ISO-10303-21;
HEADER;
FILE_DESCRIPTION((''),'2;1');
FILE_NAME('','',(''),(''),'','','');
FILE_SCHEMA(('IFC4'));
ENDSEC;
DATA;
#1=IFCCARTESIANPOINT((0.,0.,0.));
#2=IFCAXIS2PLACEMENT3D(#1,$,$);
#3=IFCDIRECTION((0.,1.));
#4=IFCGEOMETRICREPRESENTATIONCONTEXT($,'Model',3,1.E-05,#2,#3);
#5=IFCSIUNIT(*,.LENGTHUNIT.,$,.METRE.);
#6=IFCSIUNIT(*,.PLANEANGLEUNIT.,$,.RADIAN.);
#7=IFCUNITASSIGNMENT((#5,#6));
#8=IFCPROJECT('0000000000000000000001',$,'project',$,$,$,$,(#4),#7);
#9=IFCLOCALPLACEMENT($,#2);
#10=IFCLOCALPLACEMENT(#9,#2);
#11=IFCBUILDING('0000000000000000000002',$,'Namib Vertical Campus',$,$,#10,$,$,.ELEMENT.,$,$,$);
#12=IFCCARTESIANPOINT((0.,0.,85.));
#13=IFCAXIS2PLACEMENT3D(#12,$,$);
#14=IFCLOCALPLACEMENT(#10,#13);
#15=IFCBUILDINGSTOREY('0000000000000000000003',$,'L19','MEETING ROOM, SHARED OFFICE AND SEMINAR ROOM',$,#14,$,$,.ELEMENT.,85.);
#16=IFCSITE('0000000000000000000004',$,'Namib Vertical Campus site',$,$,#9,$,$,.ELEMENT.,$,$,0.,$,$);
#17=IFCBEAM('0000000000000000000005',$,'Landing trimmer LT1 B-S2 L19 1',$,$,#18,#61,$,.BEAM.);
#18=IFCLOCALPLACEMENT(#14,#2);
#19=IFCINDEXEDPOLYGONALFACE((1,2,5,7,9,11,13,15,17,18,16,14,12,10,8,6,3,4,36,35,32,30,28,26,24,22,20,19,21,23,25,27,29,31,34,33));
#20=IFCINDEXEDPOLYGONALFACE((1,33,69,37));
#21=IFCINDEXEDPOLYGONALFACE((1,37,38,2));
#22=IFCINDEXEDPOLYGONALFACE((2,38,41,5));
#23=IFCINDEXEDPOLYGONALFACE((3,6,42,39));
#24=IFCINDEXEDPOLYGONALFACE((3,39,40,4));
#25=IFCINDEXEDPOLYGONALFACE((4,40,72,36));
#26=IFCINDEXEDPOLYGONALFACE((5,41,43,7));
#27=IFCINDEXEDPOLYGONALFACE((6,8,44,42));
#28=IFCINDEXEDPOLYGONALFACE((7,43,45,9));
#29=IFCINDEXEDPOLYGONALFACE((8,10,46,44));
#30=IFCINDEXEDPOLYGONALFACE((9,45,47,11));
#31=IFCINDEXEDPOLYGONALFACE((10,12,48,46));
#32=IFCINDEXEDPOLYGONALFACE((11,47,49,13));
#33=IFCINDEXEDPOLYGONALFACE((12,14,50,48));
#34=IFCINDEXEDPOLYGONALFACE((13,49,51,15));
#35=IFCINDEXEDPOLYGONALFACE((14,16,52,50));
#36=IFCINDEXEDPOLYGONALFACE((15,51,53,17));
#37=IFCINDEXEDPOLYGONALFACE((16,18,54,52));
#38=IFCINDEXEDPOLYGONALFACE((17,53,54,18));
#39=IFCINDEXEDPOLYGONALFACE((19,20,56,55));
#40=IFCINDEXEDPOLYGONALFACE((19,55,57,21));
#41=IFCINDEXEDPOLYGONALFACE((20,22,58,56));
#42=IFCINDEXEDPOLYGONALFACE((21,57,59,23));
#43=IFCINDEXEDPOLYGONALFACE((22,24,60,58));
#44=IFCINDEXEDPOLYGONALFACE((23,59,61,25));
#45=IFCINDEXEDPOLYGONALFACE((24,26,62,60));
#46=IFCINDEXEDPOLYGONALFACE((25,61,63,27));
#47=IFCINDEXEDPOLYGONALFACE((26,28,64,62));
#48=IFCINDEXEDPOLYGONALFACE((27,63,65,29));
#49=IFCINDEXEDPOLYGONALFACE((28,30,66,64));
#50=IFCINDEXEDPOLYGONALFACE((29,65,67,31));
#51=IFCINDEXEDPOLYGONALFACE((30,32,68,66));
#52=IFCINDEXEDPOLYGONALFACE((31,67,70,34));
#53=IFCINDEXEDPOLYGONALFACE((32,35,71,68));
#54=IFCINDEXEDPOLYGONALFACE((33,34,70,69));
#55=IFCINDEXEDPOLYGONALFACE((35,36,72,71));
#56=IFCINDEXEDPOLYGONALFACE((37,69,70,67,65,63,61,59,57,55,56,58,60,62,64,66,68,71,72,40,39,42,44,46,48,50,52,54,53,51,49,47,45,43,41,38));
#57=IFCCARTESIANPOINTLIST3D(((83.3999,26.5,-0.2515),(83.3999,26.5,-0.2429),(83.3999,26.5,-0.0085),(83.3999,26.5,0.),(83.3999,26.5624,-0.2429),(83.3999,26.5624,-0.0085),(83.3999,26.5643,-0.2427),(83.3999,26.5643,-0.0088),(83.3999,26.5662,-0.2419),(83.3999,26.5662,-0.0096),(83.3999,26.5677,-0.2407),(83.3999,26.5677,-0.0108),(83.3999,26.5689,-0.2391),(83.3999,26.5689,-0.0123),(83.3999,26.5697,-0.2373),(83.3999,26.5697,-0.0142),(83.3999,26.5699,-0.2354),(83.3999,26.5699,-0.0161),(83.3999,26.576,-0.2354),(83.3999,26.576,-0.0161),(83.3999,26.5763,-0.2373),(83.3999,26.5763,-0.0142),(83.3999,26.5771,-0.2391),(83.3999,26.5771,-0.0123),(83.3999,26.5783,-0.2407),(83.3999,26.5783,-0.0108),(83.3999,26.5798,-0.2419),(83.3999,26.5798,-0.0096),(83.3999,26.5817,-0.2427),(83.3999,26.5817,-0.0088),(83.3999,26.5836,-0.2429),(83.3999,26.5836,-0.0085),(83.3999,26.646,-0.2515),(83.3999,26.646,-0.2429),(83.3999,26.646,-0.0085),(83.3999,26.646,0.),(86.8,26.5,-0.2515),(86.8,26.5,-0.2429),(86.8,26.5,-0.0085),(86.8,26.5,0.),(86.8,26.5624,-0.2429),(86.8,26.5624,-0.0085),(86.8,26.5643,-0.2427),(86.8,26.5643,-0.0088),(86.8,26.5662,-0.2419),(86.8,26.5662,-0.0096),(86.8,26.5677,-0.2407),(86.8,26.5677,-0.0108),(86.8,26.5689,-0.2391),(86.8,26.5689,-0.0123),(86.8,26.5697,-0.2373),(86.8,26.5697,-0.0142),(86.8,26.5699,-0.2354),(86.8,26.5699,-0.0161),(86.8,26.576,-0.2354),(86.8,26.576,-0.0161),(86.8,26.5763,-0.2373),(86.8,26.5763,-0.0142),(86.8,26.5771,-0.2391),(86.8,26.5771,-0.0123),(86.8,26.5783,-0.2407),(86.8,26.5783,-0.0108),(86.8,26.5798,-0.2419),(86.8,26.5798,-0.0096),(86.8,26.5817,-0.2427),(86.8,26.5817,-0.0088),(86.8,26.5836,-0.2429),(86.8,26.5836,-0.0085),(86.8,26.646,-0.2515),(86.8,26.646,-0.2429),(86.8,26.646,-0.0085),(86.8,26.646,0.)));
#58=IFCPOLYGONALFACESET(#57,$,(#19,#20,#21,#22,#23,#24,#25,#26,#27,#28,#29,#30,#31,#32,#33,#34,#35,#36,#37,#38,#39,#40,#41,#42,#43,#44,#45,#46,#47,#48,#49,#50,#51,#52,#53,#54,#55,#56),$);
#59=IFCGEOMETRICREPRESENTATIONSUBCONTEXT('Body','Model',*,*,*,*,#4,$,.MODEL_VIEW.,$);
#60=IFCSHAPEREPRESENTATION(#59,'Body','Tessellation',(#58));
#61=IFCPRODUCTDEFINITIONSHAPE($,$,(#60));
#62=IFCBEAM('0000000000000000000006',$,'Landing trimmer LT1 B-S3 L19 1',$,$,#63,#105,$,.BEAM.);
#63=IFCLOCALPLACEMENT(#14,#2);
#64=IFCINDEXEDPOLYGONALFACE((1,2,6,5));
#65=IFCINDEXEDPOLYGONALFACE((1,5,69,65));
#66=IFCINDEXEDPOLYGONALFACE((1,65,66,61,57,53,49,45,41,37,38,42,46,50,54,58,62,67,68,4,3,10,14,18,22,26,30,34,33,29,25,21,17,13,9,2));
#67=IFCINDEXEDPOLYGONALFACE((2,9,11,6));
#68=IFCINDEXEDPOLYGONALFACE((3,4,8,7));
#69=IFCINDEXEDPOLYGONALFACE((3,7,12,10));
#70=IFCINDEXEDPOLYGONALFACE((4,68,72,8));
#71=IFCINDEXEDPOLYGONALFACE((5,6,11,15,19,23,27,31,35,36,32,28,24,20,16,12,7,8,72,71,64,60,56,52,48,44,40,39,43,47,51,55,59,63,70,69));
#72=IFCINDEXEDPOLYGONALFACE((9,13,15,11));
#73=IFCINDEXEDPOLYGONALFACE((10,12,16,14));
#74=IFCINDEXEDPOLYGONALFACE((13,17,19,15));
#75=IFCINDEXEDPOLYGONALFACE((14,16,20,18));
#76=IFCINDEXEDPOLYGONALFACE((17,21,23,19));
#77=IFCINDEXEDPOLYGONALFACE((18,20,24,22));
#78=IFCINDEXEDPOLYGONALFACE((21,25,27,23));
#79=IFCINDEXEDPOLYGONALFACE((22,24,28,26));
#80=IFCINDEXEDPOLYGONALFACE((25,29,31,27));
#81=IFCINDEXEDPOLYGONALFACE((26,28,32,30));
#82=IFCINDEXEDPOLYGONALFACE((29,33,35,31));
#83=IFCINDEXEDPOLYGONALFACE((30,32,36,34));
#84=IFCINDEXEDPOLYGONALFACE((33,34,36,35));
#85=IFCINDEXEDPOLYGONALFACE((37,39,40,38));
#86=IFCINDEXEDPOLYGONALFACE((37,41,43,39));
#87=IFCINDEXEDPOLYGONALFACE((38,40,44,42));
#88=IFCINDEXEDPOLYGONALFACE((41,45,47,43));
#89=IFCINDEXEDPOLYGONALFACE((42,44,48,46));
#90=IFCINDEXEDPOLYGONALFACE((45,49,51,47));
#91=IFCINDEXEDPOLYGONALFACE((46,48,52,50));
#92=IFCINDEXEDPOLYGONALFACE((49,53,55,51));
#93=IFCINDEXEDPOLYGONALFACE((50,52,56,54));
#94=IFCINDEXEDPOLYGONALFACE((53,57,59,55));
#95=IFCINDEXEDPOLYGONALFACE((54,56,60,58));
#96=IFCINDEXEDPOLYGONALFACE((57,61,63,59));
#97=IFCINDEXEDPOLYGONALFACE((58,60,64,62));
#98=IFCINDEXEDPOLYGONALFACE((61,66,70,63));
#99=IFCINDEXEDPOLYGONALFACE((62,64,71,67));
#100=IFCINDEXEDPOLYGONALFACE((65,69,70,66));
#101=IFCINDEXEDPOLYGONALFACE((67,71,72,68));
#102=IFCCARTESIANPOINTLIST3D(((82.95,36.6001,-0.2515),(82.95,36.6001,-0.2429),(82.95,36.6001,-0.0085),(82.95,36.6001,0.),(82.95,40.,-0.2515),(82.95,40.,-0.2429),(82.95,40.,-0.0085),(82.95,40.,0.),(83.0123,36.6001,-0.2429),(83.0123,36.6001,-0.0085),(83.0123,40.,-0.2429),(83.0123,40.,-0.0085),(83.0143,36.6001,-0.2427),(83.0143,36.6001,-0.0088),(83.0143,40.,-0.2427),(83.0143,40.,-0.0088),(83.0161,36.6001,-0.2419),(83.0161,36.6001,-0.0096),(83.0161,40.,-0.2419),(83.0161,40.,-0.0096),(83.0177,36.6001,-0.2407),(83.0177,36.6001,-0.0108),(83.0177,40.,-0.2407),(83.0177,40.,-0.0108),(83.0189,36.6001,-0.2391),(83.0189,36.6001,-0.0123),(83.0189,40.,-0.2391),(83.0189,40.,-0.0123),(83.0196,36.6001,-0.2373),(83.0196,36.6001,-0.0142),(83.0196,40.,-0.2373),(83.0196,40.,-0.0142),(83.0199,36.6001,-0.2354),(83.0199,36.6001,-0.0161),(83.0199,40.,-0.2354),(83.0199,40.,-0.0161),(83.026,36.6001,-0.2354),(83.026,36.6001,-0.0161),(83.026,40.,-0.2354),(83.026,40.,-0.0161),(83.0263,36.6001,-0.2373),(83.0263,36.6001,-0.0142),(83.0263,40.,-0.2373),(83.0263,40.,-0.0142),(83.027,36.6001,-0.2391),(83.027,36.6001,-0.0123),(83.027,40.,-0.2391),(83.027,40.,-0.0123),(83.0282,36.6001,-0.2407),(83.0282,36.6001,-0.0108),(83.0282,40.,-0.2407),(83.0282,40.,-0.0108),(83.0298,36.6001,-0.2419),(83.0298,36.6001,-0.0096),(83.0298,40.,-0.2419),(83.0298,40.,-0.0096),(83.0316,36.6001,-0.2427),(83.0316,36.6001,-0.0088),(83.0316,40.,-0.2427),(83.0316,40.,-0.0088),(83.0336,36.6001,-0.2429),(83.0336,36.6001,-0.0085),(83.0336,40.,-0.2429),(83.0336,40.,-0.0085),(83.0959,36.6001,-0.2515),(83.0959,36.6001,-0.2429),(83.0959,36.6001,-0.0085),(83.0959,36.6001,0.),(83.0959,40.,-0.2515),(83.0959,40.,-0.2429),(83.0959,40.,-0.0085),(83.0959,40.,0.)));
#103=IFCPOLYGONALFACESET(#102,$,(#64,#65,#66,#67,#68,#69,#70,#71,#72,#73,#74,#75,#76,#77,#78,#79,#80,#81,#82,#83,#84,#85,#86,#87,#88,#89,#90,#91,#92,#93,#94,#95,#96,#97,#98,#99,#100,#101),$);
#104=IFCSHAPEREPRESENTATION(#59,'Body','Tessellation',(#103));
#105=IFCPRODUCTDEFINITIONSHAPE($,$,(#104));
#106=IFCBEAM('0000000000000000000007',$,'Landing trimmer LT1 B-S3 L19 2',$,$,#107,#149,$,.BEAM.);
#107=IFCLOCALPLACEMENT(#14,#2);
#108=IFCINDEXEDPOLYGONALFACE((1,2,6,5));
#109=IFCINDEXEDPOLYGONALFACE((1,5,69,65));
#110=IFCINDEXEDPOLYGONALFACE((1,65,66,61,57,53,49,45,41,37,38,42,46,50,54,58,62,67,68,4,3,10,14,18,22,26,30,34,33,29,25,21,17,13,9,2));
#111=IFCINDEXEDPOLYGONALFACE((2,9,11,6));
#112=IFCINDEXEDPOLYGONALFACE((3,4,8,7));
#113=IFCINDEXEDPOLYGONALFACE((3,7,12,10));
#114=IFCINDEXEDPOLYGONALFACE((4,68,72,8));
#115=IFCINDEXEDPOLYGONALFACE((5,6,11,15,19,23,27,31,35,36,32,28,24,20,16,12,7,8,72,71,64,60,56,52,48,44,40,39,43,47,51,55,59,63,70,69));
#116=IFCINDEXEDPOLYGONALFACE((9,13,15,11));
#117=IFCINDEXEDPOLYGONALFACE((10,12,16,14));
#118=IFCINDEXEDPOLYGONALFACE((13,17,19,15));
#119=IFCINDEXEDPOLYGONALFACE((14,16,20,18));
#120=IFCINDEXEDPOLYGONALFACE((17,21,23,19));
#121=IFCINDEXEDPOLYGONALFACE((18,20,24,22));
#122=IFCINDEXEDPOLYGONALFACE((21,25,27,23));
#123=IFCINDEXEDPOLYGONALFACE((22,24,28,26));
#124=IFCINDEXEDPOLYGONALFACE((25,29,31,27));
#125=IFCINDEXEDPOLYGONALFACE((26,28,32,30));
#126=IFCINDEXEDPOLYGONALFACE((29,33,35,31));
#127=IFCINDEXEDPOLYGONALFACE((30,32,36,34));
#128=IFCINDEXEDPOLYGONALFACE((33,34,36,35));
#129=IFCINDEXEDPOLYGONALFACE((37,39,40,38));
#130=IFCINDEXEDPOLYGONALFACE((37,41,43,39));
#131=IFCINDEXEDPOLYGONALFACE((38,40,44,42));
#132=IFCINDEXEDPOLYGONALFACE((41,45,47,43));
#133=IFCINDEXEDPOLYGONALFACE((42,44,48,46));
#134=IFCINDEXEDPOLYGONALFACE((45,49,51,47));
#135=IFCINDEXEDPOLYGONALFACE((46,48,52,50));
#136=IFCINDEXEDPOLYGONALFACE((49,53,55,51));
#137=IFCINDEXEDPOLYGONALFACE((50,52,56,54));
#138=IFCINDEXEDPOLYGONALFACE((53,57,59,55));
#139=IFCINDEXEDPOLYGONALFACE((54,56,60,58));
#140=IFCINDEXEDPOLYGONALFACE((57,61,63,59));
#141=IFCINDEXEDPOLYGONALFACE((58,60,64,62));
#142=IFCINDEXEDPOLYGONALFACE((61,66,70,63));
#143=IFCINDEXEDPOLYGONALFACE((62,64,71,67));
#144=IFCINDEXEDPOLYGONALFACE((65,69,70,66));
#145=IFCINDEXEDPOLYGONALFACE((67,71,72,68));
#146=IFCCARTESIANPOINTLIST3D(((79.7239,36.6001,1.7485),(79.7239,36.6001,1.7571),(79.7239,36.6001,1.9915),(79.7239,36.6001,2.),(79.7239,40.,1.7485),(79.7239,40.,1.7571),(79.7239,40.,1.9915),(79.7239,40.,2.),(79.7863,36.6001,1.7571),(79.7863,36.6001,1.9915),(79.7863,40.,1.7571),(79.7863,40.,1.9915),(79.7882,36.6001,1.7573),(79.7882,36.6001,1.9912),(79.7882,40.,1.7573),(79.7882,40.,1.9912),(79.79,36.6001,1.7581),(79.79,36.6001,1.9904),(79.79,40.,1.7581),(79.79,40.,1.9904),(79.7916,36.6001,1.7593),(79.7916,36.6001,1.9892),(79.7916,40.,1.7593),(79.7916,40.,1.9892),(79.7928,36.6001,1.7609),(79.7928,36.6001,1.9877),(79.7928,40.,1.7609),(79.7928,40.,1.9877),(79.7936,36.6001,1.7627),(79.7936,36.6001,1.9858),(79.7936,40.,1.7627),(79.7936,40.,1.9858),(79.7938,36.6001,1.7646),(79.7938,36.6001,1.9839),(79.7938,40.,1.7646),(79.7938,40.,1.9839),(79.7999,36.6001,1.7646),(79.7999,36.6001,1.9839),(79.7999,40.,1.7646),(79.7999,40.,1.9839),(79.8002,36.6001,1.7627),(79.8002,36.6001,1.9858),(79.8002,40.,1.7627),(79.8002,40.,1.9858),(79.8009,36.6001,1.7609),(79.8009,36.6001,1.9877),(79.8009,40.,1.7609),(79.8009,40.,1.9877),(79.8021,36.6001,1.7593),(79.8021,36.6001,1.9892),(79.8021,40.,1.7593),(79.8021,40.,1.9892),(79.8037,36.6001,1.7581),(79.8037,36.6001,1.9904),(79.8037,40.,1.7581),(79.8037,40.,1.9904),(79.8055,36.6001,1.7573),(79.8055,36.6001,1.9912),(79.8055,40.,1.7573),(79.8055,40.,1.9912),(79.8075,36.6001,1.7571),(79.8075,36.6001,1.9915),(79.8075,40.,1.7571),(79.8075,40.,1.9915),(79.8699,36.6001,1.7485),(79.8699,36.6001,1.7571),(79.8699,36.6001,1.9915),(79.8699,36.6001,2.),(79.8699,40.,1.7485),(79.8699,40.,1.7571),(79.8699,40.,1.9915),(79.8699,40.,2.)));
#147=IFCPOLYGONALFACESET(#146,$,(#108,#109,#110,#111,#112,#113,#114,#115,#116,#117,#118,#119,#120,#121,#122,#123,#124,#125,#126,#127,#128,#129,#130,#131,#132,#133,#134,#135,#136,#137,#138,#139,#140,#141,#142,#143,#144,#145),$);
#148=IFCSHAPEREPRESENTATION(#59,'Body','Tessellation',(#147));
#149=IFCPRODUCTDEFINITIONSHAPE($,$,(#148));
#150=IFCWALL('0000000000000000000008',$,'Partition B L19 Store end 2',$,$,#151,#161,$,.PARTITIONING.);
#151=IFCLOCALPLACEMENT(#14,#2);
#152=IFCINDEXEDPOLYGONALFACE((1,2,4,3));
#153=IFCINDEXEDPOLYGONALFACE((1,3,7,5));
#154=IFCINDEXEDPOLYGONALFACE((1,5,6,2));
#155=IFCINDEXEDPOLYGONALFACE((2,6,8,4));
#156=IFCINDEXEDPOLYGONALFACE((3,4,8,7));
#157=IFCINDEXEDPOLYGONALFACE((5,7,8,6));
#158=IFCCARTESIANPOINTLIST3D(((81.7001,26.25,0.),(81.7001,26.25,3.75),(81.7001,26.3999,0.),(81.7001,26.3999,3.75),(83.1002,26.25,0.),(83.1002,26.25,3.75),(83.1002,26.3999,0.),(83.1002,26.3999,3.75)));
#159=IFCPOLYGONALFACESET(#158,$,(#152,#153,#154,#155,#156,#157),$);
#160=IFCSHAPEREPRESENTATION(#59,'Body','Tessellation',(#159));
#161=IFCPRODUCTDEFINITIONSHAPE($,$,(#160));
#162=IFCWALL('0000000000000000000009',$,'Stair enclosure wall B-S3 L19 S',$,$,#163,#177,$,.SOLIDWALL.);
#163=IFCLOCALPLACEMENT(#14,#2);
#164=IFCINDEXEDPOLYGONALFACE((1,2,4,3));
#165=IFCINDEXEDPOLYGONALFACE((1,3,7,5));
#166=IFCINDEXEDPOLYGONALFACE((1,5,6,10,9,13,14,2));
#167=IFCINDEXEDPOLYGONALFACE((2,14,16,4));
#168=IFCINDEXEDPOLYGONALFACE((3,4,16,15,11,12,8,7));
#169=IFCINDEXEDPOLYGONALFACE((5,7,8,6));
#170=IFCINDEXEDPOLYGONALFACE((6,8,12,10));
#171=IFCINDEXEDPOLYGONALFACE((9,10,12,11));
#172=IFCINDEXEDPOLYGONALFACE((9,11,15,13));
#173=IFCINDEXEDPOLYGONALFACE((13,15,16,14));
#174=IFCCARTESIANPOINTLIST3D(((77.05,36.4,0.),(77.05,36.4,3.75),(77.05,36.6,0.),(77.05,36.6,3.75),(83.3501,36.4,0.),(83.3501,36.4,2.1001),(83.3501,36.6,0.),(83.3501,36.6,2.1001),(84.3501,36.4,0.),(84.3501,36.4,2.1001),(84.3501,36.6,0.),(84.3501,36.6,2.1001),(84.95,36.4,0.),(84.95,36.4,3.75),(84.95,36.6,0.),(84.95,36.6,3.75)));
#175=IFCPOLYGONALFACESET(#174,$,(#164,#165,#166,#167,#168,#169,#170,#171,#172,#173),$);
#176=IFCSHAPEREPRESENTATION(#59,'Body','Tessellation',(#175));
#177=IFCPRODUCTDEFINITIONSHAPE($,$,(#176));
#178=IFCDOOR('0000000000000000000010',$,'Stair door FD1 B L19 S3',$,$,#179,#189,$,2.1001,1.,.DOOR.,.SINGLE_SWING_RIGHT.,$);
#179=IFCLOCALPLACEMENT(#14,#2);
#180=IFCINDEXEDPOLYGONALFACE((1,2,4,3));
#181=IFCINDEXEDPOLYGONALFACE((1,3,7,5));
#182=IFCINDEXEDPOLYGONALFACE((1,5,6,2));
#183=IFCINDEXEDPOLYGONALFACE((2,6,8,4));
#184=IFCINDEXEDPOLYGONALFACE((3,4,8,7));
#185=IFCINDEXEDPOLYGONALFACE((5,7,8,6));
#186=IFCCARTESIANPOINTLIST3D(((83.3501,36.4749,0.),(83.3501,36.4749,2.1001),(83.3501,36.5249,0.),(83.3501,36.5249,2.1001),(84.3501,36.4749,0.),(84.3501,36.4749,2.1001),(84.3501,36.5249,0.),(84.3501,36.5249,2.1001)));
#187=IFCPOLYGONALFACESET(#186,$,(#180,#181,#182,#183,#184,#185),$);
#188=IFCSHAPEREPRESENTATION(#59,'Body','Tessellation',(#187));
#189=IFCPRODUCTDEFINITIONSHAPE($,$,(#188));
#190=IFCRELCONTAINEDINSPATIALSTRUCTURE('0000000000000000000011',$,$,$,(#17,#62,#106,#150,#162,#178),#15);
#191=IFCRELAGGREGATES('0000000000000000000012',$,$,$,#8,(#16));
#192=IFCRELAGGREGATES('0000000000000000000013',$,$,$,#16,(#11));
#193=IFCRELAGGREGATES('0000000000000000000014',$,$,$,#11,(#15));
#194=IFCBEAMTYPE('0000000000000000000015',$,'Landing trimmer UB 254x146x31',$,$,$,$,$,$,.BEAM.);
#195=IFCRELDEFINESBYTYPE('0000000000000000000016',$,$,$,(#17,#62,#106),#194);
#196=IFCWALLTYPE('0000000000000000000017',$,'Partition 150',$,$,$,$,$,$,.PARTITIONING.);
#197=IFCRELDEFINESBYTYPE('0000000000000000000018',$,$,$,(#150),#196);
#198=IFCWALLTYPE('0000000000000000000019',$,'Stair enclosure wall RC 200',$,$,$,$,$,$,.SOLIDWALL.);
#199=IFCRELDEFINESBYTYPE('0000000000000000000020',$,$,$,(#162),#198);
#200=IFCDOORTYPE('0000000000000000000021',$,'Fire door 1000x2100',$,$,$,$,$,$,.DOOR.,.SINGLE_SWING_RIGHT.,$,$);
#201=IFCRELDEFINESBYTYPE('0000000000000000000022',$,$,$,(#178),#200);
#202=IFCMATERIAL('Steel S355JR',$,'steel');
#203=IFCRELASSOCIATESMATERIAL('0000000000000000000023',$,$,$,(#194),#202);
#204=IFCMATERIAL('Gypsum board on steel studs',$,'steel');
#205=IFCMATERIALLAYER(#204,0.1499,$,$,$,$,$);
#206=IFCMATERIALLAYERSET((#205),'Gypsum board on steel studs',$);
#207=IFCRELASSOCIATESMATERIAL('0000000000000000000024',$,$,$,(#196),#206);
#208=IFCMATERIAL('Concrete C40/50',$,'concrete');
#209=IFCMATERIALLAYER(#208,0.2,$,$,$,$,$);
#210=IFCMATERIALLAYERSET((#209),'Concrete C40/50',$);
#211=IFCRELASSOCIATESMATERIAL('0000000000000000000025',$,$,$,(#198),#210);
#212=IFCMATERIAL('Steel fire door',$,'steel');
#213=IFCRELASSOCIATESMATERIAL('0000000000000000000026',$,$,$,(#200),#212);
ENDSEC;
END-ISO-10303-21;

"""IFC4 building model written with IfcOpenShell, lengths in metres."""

from ifc_helpers import new_model, si_unit, direction, frame, frame_2d, origin, origin_2d, place, context, subcontext, project, spatial, rectangle, i_section, extrude, material, layer, layer_set, material_profile, profile_set, type_object, element, fill, save


model = new_model("IFC4")

# Units and contexts
model_context = context("Model", 3, precision=1e-05, world=origin(), true_north=direction((0.0, 1.0)))
body_context = subcontext(model_context, "Body", "Model", "MODEL_VIEW")
ifc_project = project(units=[si_unit("LENGTHUNIT", "METRE"), si_unit("PLANEANGLEUNIT", "RADIAN")], contexts=[model_context])

# Site, building, storey
site_placement = place(None, origin())
site = spatial("IfcSite", under=ifc_project, at=site_placement, Name="Namib Vertical Campus site", CompositionType="ELEMENT", RefElevation=0.0)
building_placement = place(site_placement, origin())
building = spatial("IfcBuilding", under=site, at=building_placement, Name="Namib Vertical Campus", CompositionType="ELEMENT")
storey_placement = place(building_placement, frame((0.0, 0.0, 85.0)))
storey = spatial("IfcBuildingStorey", under=building, at=storey_placement, Name="L19", Description="MEETING ROOM, SHARED OFFICE AND SEMINAR ROOM", CompositionType="ELEMENT", Elevation=85.0)

# Beams
ifc_material_1 = material(Name="Steel S355JR", Category="steel")
ifc_material_profile = material_profile(ifc_material_1, i_section(OverallWidth=0.146, OverallDepth=0.2515, WebThickness=0.0061, FlangeThickness=0.0085, FilletRadius=0.0076, at=origin_2d()))
ifc_profile_set = profile_set([ifc_material_profile], Name="Steel S355JR")
beam_type = type_object("IfcBeamType", Name="Landing trimmer UB 254x146x31", PredefinedType="BEAM", material=ifc_profile_set)
beam_placement = place(storey_placement, frame((83.3999, 26.573, -0.1257), z_axis=(1.0, 0.0, 0.0), x_axis=(0.0, 1.0, 0.0)))
element("IfcBeam", 1, at=beam_placement, inside=storey, type_object=beam_type, Name="Landing trimmer LT1 B-S2 L19 1", PredefinedType="BEAM", context=body_context, shape_type="SweptSolid", body=[
    extrude(i_section(OverallWidth=0.146, OverallDepth=0.2515, WebThickness=0.0061, FlangeThickness=0.0085, FilletRadius=0.0076, at=origin_2d()), origin(), (0.0, 0.0, 1.0), 3.4001),
])
for number, where, z_axis, x_axis, name in (
    (2, (83.0229, 36.6001, -0.1257), (0.0, 1.0, 0.0), (-1.0, 0.0, 0.0), "Landing trimmer LT1 B-S3 L19 1"),
    (3, (79.7969, 36.6001, 1.8743), (0.0, 1.0, 0.0), (-1.0, 0.0, 0.0), "Landing trimmer LT1 B-S3 L19 2"),
):
    element("IfcBeam", number, at=place(storey_placement, frame(where, z_axis=z_axis, x_axis=x_axis)), inside=storey, type_object=beam_type, Name=name, PredefinedType="BEAM", context=body_context, shape_type="SweptSolid", body=[
        extrude(i_section(OverallWidth=0.146, OverallDepth=0.2515, WebThickness=0.0061, FlangeThickness=0.0085, FilletRadius=0.0076, at=origin_2d()), origin(), (0.0, 0.0, 1.0), 3.3999),
    ])

# Wall
ifc_material_2 = material(Name="Gypsum board on steel studs", Category="steel")
ifc_layer_1 = layer(ifc_material_2, 0.1499)
ifc_layer_set_1 = layer_set([ifc_layer_1], Name="Gypsum board on steel studs")
wall_type_1 = type_object("IfcWallType", Name="Partition 150", PredefinedType="PARTITIONING", material=ifc_layer_set_1)
wall_1_placement = place(storey_placement, frame((81.7, 26.325, 0.0), z_axis=(0.0, 0.0, 1.0), x_axis=(1.0, 0.0, 0.0)))
element("IfcWall", 4, at=wall_1_placement, inside=storey, type_object=wall_type_1, Name="Partition B L19 Store end 2", PredefinedType="PARTITIONING", context=body_context, shape_type="SweptSolid", body=[
    extrude(rectangle(XDim=1.4001, YDim=0.1499, at=frame_2d((0.7002, 0.0))), origin(), (0.0, 0.0, 1.0), 3.75),
])

# Wall, opening, door
ifc_material_3 = material(Name="Concrete C40/50", Category="concrete")
ifc_layer_2 = layer(ifc_material_3, 0.2)
ifc_layer_set_2 = layer_set([ifc_layer_2], Name="Concrete C40/50")
wall_type_2 = type_object("IfcWallType", Name="Stair enclosure wall RC 200", PredefinedType="SOLIDWALL", material=ifc_layer_set_2)
wall_2_placement = place(storey_placement, frame((77.05, 36.5, 0.0), z_axis=(0.0, 0.0, 1.0), x_axis=(1.0, 0.0, 0.0)))
wall_2 = element("IfcWall", 5, at=wall_2_placement, inside=storey, type_object=wall_type_2, Name="Stair enclosure wall B-S3 L19 S", PredefinedType="SOLIDWALL", context=body_context, shape_type="SweptSolid", body=[
    extrude(rectangle(XDim=7.8999, YDim=0.2, at=frame_2d((3.95, 0.0))), origin(), (0.0, 0.0, 1.0), 3.75),
])
opening_placement = place(wall_2_placement, frame((6.3, 0.0, 0.0)))
opening = element("IfcOpeningElement", 6, at=opening_placement, cuts=wall_2, PredefinedType="OPENING", context=body_context, shape_type="SweptSolid", body=[
    extrude(rectangle(XDim=1.0, YDim=2.1001, at=frame_2d((0.5, 1.05))), frame((0.0, 0.1099, 0.0), z_axis=(0.0, -1.0, 0.0), x_axis=(1.0, 0.0, 0.0)), (0.0, 0.0, 1.0), 0.22),
])
ifc_material_4 = material(Name="Steel fire door", Category="steel")
door_type = type_object("IfcDoorType", Name="Fire door 1000x2100", OperationType="SINGLE_SWING_RIGHT", PredefinedType="DOOR", material=ifc_material_4)
door_placement = place(opening_placement, origin())
door = element("IfcDoor", 7, at=door_placement, inside=storey, type_object=door_type, Name="Stair door FD1 B L19 S3", OperationType="SINGLE_SWING_RIGHT", OverallHeight=2.1001, OverallWidth=1.0, PredefinedType="DOOR", context=body_context, shape_type="SweptSolid", body=[
    extrude(rectangle(XDim=1.0, YDim=2.1001, at=frame_2d((0.5, 1.05))), frame((0.0, 0.0249, 0.0), z_axis=(0.0, -1.0, 0.0), x_axis=(1.0, 0.0, 0.0)), (0.0, 0.0, 1.0), 0.05),
])
fill(opening, door)

save(model, "model.ifc")
